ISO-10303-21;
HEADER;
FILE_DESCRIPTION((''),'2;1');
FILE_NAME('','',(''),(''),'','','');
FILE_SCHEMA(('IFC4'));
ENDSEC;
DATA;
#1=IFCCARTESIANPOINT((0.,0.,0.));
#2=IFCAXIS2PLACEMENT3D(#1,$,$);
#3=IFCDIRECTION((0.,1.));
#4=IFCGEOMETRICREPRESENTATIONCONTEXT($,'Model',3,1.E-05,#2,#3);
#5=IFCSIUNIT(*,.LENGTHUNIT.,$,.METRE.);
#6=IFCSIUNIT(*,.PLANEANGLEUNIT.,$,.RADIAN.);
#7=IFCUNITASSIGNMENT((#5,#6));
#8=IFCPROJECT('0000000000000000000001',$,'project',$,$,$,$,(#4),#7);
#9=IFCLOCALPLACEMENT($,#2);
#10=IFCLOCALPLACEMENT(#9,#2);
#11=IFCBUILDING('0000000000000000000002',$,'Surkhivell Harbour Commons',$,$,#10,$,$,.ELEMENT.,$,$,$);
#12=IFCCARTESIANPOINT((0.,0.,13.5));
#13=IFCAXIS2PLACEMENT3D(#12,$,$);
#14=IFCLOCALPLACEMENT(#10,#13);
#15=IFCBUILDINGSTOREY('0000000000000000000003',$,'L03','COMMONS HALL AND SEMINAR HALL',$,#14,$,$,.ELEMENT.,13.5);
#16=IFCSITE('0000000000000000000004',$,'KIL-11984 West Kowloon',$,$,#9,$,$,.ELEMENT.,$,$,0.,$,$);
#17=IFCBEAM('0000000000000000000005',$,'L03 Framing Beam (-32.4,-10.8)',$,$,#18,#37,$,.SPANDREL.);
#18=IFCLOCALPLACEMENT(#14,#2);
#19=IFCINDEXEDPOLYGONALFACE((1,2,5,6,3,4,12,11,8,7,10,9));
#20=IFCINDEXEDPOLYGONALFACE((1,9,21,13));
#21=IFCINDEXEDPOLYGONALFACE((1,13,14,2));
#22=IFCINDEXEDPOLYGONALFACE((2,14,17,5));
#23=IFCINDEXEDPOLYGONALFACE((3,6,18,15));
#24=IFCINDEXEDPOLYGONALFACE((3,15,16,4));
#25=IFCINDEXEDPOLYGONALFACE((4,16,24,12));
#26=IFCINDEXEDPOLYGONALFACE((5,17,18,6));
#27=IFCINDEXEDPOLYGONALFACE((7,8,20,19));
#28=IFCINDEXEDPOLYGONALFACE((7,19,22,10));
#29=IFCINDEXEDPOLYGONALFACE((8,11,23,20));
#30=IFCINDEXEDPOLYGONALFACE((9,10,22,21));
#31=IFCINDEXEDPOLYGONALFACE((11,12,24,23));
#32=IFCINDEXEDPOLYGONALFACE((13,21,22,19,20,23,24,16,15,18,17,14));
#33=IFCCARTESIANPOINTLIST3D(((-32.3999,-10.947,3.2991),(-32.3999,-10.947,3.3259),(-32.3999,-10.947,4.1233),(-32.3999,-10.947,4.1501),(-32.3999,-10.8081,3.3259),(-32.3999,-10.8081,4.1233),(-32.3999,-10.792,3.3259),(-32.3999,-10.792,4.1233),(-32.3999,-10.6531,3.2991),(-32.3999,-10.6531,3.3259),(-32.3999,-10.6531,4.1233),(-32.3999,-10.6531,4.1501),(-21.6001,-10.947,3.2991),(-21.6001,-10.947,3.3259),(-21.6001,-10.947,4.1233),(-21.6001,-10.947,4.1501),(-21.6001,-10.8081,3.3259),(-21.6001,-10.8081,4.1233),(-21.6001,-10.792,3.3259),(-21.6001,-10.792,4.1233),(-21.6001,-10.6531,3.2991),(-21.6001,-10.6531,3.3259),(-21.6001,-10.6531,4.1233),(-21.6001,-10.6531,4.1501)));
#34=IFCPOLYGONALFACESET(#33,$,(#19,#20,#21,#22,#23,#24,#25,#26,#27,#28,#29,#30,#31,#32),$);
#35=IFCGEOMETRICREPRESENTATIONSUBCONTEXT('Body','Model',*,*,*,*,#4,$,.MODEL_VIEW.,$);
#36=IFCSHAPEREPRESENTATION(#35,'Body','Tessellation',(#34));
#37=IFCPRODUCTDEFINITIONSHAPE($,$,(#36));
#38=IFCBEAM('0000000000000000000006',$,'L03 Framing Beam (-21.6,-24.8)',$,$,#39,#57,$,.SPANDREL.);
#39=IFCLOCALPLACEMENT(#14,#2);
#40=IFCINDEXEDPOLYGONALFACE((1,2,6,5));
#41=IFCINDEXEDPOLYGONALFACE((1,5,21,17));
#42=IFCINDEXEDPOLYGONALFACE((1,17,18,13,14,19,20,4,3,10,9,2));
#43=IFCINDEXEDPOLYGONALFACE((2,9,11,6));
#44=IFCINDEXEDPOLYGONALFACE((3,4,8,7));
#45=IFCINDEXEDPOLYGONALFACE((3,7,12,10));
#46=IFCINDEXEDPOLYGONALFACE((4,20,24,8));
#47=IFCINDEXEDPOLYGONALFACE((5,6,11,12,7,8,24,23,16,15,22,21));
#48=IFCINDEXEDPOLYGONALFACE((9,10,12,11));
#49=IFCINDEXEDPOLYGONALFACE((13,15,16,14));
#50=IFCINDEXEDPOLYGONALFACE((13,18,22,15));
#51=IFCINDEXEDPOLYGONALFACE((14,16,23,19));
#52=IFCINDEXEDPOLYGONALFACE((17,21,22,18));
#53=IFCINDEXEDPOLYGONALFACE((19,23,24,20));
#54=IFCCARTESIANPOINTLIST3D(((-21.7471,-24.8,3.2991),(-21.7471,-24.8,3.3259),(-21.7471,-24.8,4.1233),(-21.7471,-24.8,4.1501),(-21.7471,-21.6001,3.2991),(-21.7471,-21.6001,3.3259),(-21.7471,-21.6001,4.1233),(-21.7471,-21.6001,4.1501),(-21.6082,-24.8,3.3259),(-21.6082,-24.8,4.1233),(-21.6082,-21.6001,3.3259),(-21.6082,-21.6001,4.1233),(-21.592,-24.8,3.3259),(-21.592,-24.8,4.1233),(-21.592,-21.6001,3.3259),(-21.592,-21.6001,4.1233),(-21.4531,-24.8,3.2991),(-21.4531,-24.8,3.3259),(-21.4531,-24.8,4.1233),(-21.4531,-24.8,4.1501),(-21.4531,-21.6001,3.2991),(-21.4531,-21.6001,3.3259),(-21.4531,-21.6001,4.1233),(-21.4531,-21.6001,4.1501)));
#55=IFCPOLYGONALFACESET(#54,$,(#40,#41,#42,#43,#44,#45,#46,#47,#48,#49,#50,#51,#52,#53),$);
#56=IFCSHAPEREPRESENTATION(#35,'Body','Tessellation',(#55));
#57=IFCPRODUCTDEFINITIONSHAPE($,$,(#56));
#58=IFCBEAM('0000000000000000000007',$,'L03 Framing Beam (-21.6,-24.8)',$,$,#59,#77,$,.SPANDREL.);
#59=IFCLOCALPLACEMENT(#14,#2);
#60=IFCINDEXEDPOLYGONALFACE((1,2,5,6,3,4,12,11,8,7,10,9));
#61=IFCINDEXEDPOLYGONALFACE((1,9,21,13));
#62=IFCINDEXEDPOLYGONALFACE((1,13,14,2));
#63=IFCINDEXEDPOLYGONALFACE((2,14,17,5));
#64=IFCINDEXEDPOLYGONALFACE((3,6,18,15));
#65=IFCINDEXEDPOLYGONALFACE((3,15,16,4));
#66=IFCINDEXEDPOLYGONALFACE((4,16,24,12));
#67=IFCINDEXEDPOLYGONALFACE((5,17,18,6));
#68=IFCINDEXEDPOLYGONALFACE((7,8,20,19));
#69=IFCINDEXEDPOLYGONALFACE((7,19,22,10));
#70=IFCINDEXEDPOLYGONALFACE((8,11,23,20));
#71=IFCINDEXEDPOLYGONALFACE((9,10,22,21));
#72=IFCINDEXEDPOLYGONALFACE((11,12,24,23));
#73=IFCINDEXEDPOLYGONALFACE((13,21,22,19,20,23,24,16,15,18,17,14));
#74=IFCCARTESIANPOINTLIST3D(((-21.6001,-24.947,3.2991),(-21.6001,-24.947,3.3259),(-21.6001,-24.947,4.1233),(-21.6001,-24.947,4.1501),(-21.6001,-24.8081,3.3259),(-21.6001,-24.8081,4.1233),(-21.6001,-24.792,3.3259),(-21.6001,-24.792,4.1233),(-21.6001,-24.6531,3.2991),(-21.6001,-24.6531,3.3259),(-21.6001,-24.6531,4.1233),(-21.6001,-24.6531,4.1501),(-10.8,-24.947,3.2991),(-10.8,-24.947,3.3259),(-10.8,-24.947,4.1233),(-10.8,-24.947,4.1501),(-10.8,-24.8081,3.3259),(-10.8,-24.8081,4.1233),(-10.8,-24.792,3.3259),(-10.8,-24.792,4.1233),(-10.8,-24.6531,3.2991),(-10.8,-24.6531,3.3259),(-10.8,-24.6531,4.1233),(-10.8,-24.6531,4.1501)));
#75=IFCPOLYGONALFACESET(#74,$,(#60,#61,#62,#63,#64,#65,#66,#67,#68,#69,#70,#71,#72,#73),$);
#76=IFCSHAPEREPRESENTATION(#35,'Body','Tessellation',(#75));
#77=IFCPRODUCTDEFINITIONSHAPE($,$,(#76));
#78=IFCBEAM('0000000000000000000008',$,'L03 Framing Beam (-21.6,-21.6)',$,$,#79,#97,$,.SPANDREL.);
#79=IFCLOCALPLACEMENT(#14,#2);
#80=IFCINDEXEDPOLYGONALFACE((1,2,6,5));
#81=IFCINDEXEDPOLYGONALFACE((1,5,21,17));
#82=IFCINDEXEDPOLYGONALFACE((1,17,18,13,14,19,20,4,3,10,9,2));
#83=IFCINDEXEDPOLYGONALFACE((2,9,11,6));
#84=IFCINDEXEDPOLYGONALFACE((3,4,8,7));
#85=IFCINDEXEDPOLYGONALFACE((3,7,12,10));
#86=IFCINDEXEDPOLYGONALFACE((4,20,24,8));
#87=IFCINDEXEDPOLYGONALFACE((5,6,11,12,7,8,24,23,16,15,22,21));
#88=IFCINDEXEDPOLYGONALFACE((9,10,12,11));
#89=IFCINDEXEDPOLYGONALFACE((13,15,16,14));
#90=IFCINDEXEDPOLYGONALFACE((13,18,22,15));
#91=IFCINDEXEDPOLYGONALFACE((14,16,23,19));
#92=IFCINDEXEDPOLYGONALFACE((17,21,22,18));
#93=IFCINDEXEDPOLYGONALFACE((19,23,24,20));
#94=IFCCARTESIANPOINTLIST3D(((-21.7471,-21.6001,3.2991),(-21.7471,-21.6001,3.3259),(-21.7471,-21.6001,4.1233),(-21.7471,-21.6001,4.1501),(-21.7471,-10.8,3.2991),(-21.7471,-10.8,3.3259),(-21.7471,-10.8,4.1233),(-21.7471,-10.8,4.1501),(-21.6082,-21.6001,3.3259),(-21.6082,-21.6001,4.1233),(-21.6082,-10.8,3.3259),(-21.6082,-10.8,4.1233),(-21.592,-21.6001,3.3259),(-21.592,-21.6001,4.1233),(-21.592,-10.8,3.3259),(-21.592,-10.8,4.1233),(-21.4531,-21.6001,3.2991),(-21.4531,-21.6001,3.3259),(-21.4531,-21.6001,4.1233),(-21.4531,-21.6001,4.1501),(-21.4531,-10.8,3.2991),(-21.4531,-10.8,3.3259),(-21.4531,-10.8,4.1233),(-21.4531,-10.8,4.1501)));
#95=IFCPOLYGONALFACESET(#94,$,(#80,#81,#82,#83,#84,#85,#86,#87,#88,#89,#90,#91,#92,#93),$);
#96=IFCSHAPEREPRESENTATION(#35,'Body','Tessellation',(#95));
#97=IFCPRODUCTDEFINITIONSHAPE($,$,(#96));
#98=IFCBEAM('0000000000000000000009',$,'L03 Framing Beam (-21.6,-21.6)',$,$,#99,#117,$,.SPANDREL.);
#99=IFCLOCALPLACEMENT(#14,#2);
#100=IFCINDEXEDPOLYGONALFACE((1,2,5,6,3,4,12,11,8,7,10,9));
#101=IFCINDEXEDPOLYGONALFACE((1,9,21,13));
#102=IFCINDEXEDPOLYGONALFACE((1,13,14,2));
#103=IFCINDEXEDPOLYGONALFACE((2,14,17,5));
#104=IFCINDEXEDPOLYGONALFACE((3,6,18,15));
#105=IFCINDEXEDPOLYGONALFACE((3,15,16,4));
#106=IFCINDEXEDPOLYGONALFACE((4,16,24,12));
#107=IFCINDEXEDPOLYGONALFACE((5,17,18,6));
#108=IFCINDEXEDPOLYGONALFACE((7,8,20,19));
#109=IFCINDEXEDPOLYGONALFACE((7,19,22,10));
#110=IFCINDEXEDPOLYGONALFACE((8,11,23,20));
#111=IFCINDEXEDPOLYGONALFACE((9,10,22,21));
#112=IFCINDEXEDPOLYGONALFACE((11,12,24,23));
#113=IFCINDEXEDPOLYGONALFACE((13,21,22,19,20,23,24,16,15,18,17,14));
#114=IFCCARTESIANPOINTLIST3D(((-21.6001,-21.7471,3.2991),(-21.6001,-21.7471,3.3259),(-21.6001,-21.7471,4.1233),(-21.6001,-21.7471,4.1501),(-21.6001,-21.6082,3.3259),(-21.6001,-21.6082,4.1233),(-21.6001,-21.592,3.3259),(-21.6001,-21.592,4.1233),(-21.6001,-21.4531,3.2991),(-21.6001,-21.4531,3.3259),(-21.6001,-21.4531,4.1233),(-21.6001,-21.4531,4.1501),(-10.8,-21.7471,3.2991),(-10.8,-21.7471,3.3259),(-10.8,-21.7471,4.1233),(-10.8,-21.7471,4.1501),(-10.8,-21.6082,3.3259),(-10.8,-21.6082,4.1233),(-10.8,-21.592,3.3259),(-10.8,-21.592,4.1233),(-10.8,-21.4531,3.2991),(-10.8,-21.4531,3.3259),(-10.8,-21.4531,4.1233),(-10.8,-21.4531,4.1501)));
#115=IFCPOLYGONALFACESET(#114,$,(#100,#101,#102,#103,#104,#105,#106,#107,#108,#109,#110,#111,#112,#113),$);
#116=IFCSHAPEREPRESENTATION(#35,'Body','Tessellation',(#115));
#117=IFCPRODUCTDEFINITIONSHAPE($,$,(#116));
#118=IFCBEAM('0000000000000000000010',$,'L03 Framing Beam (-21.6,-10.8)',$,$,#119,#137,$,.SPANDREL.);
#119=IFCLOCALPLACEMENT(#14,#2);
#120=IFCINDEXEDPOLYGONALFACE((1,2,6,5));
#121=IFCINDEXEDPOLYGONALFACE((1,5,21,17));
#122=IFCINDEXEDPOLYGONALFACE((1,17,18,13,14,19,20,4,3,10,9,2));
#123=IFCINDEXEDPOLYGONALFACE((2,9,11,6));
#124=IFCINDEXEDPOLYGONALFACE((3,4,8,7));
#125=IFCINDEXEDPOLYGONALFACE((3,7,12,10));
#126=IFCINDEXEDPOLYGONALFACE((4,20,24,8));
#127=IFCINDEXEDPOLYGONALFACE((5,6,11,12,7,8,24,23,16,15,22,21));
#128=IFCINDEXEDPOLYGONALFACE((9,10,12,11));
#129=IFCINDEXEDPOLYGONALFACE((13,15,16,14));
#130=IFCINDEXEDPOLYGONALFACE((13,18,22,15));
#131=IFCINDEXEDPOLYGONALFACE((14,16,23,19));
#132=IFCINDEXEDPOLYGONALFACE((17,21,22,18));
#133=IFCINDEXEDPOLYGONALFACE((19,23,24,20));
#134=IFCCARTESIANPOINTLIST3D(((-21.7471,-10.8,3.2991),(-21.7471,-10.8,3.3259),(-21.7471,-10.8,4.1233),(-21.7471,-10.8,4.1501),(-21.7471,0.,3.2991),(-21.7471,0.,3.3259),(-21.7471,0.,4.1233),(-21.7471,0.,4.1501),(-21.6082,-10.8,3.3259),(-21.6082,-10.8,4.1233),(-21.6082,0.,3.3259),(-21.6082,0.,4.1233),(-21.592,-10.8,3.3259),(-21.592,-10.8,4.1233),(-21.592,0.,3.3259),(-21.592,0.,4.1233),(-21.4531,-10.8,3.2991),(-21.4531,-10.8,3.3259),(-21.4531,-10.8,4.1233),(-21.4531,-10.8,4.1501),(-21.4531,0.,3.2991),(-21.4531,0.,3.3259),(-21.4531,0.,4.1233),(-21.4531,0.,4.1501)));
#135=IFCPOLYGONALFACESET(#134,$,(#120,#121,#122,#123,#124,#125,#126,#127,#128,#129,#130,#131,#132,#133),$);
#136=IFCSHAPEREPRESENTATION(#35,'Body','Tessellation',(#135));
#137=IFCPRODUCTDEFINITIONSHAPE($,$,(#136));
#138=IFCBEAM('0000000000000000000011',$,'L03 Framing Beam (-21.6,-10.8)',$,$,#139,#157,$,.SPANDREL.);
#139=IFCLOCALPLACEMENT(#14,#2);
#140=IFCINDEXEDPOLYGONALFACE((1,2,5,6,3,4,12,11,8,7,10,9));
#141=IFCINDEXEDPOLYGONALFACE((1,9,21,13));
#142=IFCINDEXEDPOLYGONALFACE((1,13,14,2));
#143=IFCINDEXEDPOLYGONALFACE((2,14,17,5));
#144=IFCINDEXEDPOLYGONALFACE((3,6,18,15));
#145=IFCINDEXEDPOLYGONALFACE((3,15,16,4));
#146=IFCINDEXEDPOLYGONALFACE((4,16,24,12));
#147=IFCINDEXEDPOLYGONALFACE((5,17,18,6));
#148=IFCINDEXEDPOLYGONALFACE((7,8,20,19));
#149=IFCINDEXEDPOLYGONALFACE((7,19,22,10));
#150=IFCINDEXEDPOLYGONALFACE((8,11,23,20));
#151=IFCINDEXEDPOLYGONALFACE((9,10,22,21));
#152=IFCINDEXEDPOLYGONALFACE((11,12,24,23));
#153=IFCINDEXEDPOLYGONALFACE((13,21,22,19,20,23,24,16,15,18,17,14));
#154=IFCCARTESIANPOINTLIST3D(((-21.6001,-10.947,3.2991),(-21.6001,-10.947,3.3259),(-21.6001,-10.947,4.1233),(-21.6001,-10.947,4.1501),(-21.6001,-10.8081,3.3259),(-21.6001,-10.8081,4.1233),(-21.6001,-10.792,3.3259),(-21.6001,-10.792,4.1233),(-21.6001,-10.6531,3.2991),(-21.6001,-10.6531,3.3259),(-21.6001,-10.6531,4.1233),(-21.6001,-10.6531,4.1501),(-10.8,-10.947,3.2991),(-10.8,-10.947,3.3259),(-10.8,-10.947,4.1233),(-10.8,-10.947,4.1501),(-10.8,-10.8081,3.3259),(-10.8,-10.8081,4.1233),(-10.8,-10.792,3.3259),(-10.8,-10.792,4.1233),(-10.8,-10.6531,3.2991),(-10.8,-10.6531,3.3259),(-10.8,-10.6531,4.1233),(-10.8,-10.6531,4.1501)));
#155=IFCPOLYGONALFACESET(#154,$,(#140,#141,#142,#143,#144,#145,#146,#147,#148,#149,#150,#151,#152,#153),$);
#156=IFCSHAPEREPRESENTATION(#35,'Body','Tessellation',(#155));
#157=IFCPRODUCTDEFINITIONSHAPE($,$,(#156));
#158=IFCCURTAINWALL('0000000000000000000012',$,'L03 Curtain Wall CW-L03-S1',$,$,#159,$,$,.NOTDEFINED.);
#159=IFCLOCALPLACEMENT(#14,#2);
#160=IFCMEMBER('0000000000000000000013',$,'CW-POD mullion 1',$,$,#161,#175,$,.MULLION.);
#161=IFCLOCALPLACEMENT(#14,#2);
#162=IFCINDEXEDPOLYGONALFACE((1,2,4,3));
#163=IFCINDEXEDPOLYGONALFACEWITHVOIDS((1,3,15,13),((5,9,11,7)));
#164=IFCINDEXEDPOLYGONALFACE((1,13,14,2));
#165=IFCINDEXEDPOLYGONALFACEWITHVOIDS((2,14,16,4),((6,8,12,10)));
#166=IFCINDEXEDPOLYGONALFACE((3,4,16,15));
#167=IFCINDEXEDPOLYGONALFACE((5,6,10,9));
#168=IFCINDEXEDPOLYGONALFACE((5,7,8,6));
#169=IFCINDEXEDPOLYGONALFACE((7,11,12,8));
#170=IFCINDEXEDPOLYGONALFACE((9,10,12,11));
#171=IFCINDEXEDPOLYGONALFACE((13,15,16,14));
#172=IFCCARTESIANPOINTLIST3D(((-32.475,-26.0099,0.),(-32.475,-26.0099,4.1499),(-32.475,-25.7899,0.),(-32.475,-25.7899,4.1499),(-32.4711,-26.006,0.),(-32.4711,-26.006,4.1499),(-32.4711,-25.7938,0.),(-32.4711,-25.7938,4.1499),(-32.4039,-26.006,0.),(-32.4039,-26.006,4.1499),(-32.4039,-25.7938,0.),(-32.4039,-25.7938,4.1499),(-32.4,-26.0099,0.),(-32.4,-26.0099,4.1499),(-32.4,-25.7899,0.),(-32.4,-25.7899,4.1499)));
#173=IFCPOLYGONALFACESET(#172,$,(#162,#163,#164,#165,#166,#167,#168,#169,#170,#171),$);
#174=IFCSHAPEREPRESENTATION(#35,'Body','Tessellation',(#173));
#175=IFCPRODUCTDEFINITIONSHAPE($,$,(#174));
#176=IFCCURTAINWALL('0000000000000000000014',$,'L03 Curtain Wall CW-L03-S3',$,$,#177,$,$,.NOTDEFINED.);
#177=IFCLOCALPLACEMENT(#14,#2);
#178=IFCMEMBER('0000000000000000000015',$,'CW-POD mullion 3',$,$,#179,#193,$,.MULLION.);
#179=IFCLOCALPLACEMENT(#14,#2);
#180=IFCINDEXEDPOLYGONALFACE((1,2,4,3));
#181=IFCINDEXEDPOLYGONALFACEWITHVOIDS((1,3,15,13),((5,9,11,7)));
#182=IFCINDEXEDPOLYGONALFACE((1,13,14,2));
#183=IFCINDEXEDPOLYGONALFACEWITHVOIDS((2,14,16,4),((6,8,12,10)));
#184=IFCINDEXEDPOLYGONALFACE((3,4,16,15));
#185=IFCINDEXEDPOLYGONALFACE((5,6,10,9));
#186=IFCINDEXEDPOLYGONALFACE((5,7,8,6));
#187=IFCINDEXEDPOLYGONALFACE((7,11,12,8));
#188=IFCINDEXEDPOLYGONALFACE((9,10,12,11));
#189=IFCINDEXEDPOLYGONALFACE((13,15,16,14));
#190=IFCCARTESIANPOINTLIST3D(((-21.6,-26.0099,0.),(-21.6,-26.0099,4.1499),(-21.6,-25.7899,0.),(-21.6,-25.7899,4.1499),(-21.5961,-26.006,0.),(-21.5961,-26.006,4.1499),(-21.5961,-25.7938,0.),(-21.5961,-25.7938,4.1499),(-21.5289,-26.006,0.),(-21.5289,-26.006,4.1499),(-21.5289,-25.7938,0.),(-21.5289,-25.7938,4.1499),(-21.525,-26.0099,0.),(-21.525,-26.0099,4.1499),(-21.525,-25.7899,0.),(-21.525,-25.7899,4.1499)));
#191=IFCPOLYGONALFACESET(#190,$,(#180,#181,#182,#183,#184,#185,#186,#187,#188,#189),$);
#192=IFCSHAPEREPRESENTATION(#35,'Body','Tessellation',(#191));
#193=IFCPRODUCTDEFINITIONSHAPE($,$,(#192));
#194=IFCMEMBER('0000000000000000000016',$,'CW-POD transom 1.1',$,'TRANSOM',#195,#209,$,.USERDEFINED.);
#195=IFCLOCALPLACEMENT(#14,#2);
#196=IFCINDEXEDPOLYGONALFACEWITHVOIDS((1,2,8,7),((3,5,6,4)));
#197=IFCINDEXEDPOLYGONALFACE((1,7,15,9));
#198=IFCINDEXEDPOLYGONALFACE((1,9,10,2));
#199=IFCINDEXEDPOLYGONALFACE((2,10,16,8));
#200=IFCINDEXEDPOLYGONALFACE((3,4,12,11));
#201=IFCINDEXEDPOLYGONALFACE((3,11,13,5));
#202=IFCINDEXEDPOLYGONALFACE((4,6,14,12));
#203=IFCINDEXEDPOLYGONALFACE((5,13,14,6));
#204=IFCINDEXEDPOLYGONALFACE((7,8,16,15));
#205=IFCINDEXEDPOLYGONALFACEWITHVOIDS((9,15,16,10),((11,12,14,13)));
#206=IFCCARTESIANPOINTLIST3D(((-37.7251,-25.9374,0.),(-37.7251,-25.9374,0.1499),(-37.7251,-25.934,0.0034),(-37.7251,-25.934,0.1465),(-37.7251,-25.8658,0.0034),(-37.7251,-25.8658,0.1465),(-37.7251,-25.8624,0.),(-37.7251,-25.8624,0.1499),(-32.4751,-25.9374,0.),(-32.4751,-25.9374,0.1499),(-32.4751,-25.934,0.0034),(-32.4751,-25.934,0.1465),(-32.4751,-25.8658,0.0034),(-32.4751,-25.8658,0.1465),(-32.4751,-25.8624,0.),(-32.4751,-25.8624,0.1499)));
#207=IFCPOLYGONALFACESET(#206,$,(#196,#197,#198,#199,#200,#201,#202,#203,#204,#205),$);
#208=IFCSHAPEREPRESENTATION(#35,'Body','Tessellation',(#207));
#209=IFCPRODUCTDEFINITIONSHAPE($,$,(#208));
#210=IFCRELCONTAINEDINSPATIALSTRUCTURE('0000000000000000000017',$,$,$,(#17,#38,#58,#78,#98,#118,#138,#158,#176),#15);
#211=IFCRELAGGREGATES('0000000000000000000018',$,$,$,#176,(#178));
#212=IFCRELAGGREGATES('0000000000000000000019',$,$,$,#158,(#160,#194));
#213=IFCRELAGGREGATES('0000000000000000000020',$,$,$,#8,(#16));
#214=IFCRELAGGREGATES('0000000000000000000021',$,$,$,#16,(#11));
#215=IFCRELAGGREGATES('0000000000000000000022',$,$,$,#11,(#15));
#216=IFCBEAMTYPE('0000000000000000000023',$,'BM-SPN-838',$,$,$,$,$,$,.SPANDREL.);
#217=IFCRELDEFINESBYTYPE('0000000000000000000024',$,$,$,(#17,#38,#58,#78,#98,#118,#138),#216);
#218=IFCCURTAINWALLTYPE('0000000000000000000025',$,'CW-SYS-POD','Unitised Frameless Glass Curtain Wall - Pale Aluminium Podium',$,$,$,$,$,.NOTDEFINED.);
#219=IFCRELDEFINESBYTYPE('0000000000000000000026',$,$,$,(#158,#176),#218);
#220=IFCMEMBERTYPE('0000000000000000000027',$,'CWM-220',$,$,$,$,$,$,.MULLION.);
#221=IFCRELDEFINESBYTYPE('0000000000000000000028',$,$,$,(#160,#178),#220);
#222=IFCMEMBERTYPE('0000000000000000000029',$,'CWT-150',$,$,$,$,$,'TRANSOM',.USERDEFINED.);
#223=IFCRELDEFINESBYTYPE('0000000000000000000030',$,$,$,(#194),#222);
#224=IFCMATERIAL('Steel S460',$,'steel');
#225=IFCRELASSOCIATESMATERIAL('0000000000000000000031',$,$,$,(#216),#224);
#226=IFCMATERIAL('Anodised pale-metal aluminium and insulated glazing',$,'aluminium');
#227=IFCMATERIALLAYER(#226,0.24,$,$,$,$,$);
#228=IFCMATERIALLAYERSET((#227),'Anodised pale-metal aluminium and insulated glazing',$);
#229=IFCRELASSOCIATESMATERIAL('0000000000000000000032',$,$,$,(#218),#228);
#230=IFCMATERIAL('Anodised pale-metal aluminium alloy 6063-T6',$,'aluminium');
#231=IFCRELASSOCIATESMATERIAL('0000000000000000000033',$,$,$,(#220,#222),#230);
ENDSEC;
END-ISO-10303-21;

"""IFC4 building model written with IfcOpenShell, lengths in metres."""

from ifc_helpers import new_model, si_unit, direction, frame, origin, origin_2d, place, context, subcontext, project, spatial, hollow_rectangle, i_section, extrude, material, layer, layer_set, material_profile, profile_set, type_object, element, aggregate, save


model = new_model("IFC4")

# Units and contexts
model_context = context("Model", 3, precision=1e-05, world=origin(), true_north=direction((0.0, 1.0)))
body_context = subcontext(model_context, "Body", "Model", "MODEL_VIEW")
ifc_project = project(units=[si_unit("LENGTHUNIT", "METRE"), si_unit("PLANEANGLEUNIT", "RADIAN")], contexts=[model_context])

# Site, building, storey
site_placement = place(None, origin())
site = spatial("IfcSite", under=ifc_project, at=site_placement, Name="KIL-11984 West Kowloon", CompositionType="ELEMENT", RefElevation=0.0)
building_placement = place(site_placement, origin())
building = spatial("IfcBuilding", under=site, at=building_placement, Name="Surkhivell Harbour Commons", CompositionType="ELEMENT")
storey_placement = place(building_placement, frame((0.0, 0.0, 13.5)))
storey = spatial("IfcBuildingStorey", under=building, at=storey_placement, Name="L03", Description="COMMONS HALL AND SEMINAR HALL", CompositionType="ELEMENT", Elevation=13.5)

# Beams
ifc_material_1 = material(Name="Steel S460", Category="steel")
ifc_material_profile_1 = material_profile(ifc_material_1, i_section(OverallWidth=0.2939, OverallDepth=0.8511, WebThickness=0.0161, FlangeThickness=0.0269, at=origin_2d()), Name="UB838x292x226")
ifc_profile_set_1 = profile_set([ifc_material_profile_1], Name="Steel S460")
beam_type = type_object("IfcBeamType", Name="BM-SPN-838", PredefinedType="SPANDREL", material=ifc_profile_set_1)
beam_1_placement = place(storey_placement, frame((-32.3999, -10.8, 3.7246), z_axis=(1.0, 0.0, 0.0), x_axis=(0.0, 1.0, 0.0)))
element("IfcBeam", 1, at=beam_1_placement, inside=storey, type_object=beam_type, Name="L03 Framing Beam (-32.4,-10.8)", PredefinedType="SPANDREL", context=body_context, shape_type="SweptSolid", body=[
    extrude(i_section(OverallWidth=0.2939, OverallDepth=0.8511, WebThickness=0.0161, FlangeThickness=0.0269, at=origin_2d()), origin(), (0.0, 0.0, 1.0), 10.7998),
])
beam_2_placement = place(storey_placement, frame((-21.6001, -24.8, 3.7246), z_axis=(0.0, 1.0, 0.0), x_axis=(-1.0, 0.0, 0.0)))
element("IfcBeam", 2, at=beam_2_placement, inside=storey, type_object=beam_type, Name="L03 Framing Beam (-21.6,-24.8)", PredefinedType="SPANDREL", context=body_context, shape_type="SweptSolid", body=[
    extrude(i_section(OverallWidth=0.2939, OverallDepth=0.8511, WebThickness=0.0161, FlangeThickness=0.0269, at=origin_2d()), origin(), (0.0, 0.0, 1.0), 3.2),
])
for number, where, z_axis, x_axis, name in (
    (3, (-21.6001, -24.8, 3.7246), (1.0, 0.0, 0.0), (0.0, 1.0, 0.0), "L03 Framing Beam (-21.6,-24.8)"),
    (4, (-21.6001, -21.6001, 3.7246), (0.0, 1.0, 0.0), (-1.0, 0.0, 0.0), "L03 Framing Beam (-21.6,-21.6)"),
    (5, (-21.6001, -21.6001, 3.7246), (1.0, 0.0, 0.0), (0.0, 1.0, 0.0), "L03 Framing Beam (-21.6,-21.6)"),
    (6, (-21.6001, -10.8, 3.7246), (0.0, 1.0, 0.0), (-1.0, 0.0, 0.0), "L03 Framing Beam (-21.6,-10.8)"),
    (7, (-21.6001, -10.8, 3.7246), (1.0, 0.0, 0.0), (0.0, 1.0, 0.0), "L03 Framing Beam (-21.6,-10.8)"),
):
    element("IfcBeam", number, at=place(storey_placement, frame(where, z_axis=z_axis, x_axis=x_axis)), inside=storey, type_object=beam_type, Name=name, PredefinedType="SPANDREL", context=body_context, shape_type="SweptSolid", body=[
        extrude(i_section(OverallWidth=0.2939, OverallDepth=0.8511, WebThickness=0.0161, FlangeThickness=0.0269, at=origin_2d()), origin(), (0.0, 0.0, 1.0), 10.8),
    ])

# Curtain walls, members
ifc_material_2 = material(Name="Anodised pale-metal aluminium and insulated glazing", Category="aluminium")
ifc_layer_1 = layer(ifc_material_2, 0.24)
ifc_layer_set_1 = layer_set([ifc_layer_1], Name="Anodised pale-metal aluminium and insulated glazing")
curtain_wall_type = type_object("IfcCurtainWallType", Name="CW-SYS-POD", Description="Unitised Frameless Glass Curtain Wall - Pale Aluminium Podium", PredefinedType="NOTDEFINED", material=ifc_layer_set_1)
curtain_wall_1_placement = place(storey_placement, origin())
curtain_wall_1 = element("IfcCurtainWall", 8, at=curtain_wall_1_placement, inside=storey, type_object=curtain_wall_type, Name="L03 Curtain Wall CW-L03-S1", PredefinedType="NOTDEFINED")
ifc_material_3 = material(Name="Anodised pale-metal aluminium alloy 6063-T6", Category="aluminium")
ifc_material_profile_2 = material_profile(ifc_material_3, hollow_rectangle(XDim=0.075, YDim=0.22, WallThickness=0.0039, at=origin_2d()), Name="ALU-MULL-75x220")
ifc_profile_set_2 = profile_set([ifc_material_profile_2], Name="Anodised pale-metal aluminium alloy 6063-T6")
member_type_1 = type_object("IfcMemberType", Name="CWM-220", PredefinedType="MULLION", material=ifc_profile_set_2)
member_1_placement = place(storey_placement, frame((-32.4375, -25.8999, 0.0), z_axis=(0.0, 0.0, 1.0), x_axis=(-1.0, 0.0, 0.0)))
member_1 = element("IfcMember", 9, at=member_1_placement, type_object=member_type_1, Name="CW-POD mullion 1", PredefinedType="MULLION", context=body_context, shape_type="SweptSolid", body=[
    extrude(hollow_rectangle(XDim=0.075, YDim=0.22, WallThickness=0.0039, at=origin_2d()), origin(), (0.0, 0.0, 1.0), 4.1499),
])
curtain_wall_2_placement = place(storey_placement, origin())
curtain_wall_2 = element("IfcCurtainWall", 10, at=curtain_wall_2_placement, inside=storey, type_object=curtain_wall_type, Name="L03 Curtain Wall CW-L03-S3", PredefinedType="NOTDEFINED")
member_2_placement = place(storey_placement, frame((-21.5625, -25.8999, 0.0), z_axis=(0.0, 0.0, 1.0), x_axis=(-1.0, 0.0, 0.0)))
member_2 = element("IfcMember", 11, at=member_2_placement, type_object=member_type_1, Name="CW-POD mullion 3", PredefinedType="MULLION", context=body_context, shape_type="SweptSolid", body=[
    extrude(hollow_rectangle(XDim=0.075, YDim=0.22, WallThickness=0.0039, at=origin_2d()), origin(), (0.0, 0.0, 1.0), 4.1499),
])

# Member
ifc_material_profile_3 = material_profile(ifc_material_3, hollow_rectangle(XDim=0.075, YDim=0.1499, WallThickness=0.0034, at=origin_2d()), Name="ALU-TRAN-75x150")
ifc_profile_set_3 = profile_set([ifc_material_profile_3], Name="Anodised pale-metal aluminium alloy 6063-T6")
member_type_2 = type_object("IfcMemberType", Name="CWT-150", ElementType="TRANSOM", PredefinedType="USERDEFINED", material=ifc_profile_set_3)
member_3_placement = place(storey_placement, frame((-32.4751, -25.8999, 0.075), z_axis=(-1.0, 0.0, 0.0), x_axis=(0.0, -1.0, 0.0)))
member_3 = element("IfcMember", 12, at=member_3_placement, type_object=member_type_2, Name="CW-POD transom 1.1", ObjectType="TRANSOM", PredefinedType="USERDEFINED", context=body_context, shape_type="SweptSolid", body=[
    extrude(hollow_rectangle(XDim=0.075, YDim=0.1499, WallThickness=0.0034, at=origin_2d()), origin(), (0.0, 0.0, 1.0), 5.25),
])
aggregate(curtain_wall_2, [member_2])

aggregate(curtain_wall_1, [member_1, member_3])

save(model, "model.ifc")
